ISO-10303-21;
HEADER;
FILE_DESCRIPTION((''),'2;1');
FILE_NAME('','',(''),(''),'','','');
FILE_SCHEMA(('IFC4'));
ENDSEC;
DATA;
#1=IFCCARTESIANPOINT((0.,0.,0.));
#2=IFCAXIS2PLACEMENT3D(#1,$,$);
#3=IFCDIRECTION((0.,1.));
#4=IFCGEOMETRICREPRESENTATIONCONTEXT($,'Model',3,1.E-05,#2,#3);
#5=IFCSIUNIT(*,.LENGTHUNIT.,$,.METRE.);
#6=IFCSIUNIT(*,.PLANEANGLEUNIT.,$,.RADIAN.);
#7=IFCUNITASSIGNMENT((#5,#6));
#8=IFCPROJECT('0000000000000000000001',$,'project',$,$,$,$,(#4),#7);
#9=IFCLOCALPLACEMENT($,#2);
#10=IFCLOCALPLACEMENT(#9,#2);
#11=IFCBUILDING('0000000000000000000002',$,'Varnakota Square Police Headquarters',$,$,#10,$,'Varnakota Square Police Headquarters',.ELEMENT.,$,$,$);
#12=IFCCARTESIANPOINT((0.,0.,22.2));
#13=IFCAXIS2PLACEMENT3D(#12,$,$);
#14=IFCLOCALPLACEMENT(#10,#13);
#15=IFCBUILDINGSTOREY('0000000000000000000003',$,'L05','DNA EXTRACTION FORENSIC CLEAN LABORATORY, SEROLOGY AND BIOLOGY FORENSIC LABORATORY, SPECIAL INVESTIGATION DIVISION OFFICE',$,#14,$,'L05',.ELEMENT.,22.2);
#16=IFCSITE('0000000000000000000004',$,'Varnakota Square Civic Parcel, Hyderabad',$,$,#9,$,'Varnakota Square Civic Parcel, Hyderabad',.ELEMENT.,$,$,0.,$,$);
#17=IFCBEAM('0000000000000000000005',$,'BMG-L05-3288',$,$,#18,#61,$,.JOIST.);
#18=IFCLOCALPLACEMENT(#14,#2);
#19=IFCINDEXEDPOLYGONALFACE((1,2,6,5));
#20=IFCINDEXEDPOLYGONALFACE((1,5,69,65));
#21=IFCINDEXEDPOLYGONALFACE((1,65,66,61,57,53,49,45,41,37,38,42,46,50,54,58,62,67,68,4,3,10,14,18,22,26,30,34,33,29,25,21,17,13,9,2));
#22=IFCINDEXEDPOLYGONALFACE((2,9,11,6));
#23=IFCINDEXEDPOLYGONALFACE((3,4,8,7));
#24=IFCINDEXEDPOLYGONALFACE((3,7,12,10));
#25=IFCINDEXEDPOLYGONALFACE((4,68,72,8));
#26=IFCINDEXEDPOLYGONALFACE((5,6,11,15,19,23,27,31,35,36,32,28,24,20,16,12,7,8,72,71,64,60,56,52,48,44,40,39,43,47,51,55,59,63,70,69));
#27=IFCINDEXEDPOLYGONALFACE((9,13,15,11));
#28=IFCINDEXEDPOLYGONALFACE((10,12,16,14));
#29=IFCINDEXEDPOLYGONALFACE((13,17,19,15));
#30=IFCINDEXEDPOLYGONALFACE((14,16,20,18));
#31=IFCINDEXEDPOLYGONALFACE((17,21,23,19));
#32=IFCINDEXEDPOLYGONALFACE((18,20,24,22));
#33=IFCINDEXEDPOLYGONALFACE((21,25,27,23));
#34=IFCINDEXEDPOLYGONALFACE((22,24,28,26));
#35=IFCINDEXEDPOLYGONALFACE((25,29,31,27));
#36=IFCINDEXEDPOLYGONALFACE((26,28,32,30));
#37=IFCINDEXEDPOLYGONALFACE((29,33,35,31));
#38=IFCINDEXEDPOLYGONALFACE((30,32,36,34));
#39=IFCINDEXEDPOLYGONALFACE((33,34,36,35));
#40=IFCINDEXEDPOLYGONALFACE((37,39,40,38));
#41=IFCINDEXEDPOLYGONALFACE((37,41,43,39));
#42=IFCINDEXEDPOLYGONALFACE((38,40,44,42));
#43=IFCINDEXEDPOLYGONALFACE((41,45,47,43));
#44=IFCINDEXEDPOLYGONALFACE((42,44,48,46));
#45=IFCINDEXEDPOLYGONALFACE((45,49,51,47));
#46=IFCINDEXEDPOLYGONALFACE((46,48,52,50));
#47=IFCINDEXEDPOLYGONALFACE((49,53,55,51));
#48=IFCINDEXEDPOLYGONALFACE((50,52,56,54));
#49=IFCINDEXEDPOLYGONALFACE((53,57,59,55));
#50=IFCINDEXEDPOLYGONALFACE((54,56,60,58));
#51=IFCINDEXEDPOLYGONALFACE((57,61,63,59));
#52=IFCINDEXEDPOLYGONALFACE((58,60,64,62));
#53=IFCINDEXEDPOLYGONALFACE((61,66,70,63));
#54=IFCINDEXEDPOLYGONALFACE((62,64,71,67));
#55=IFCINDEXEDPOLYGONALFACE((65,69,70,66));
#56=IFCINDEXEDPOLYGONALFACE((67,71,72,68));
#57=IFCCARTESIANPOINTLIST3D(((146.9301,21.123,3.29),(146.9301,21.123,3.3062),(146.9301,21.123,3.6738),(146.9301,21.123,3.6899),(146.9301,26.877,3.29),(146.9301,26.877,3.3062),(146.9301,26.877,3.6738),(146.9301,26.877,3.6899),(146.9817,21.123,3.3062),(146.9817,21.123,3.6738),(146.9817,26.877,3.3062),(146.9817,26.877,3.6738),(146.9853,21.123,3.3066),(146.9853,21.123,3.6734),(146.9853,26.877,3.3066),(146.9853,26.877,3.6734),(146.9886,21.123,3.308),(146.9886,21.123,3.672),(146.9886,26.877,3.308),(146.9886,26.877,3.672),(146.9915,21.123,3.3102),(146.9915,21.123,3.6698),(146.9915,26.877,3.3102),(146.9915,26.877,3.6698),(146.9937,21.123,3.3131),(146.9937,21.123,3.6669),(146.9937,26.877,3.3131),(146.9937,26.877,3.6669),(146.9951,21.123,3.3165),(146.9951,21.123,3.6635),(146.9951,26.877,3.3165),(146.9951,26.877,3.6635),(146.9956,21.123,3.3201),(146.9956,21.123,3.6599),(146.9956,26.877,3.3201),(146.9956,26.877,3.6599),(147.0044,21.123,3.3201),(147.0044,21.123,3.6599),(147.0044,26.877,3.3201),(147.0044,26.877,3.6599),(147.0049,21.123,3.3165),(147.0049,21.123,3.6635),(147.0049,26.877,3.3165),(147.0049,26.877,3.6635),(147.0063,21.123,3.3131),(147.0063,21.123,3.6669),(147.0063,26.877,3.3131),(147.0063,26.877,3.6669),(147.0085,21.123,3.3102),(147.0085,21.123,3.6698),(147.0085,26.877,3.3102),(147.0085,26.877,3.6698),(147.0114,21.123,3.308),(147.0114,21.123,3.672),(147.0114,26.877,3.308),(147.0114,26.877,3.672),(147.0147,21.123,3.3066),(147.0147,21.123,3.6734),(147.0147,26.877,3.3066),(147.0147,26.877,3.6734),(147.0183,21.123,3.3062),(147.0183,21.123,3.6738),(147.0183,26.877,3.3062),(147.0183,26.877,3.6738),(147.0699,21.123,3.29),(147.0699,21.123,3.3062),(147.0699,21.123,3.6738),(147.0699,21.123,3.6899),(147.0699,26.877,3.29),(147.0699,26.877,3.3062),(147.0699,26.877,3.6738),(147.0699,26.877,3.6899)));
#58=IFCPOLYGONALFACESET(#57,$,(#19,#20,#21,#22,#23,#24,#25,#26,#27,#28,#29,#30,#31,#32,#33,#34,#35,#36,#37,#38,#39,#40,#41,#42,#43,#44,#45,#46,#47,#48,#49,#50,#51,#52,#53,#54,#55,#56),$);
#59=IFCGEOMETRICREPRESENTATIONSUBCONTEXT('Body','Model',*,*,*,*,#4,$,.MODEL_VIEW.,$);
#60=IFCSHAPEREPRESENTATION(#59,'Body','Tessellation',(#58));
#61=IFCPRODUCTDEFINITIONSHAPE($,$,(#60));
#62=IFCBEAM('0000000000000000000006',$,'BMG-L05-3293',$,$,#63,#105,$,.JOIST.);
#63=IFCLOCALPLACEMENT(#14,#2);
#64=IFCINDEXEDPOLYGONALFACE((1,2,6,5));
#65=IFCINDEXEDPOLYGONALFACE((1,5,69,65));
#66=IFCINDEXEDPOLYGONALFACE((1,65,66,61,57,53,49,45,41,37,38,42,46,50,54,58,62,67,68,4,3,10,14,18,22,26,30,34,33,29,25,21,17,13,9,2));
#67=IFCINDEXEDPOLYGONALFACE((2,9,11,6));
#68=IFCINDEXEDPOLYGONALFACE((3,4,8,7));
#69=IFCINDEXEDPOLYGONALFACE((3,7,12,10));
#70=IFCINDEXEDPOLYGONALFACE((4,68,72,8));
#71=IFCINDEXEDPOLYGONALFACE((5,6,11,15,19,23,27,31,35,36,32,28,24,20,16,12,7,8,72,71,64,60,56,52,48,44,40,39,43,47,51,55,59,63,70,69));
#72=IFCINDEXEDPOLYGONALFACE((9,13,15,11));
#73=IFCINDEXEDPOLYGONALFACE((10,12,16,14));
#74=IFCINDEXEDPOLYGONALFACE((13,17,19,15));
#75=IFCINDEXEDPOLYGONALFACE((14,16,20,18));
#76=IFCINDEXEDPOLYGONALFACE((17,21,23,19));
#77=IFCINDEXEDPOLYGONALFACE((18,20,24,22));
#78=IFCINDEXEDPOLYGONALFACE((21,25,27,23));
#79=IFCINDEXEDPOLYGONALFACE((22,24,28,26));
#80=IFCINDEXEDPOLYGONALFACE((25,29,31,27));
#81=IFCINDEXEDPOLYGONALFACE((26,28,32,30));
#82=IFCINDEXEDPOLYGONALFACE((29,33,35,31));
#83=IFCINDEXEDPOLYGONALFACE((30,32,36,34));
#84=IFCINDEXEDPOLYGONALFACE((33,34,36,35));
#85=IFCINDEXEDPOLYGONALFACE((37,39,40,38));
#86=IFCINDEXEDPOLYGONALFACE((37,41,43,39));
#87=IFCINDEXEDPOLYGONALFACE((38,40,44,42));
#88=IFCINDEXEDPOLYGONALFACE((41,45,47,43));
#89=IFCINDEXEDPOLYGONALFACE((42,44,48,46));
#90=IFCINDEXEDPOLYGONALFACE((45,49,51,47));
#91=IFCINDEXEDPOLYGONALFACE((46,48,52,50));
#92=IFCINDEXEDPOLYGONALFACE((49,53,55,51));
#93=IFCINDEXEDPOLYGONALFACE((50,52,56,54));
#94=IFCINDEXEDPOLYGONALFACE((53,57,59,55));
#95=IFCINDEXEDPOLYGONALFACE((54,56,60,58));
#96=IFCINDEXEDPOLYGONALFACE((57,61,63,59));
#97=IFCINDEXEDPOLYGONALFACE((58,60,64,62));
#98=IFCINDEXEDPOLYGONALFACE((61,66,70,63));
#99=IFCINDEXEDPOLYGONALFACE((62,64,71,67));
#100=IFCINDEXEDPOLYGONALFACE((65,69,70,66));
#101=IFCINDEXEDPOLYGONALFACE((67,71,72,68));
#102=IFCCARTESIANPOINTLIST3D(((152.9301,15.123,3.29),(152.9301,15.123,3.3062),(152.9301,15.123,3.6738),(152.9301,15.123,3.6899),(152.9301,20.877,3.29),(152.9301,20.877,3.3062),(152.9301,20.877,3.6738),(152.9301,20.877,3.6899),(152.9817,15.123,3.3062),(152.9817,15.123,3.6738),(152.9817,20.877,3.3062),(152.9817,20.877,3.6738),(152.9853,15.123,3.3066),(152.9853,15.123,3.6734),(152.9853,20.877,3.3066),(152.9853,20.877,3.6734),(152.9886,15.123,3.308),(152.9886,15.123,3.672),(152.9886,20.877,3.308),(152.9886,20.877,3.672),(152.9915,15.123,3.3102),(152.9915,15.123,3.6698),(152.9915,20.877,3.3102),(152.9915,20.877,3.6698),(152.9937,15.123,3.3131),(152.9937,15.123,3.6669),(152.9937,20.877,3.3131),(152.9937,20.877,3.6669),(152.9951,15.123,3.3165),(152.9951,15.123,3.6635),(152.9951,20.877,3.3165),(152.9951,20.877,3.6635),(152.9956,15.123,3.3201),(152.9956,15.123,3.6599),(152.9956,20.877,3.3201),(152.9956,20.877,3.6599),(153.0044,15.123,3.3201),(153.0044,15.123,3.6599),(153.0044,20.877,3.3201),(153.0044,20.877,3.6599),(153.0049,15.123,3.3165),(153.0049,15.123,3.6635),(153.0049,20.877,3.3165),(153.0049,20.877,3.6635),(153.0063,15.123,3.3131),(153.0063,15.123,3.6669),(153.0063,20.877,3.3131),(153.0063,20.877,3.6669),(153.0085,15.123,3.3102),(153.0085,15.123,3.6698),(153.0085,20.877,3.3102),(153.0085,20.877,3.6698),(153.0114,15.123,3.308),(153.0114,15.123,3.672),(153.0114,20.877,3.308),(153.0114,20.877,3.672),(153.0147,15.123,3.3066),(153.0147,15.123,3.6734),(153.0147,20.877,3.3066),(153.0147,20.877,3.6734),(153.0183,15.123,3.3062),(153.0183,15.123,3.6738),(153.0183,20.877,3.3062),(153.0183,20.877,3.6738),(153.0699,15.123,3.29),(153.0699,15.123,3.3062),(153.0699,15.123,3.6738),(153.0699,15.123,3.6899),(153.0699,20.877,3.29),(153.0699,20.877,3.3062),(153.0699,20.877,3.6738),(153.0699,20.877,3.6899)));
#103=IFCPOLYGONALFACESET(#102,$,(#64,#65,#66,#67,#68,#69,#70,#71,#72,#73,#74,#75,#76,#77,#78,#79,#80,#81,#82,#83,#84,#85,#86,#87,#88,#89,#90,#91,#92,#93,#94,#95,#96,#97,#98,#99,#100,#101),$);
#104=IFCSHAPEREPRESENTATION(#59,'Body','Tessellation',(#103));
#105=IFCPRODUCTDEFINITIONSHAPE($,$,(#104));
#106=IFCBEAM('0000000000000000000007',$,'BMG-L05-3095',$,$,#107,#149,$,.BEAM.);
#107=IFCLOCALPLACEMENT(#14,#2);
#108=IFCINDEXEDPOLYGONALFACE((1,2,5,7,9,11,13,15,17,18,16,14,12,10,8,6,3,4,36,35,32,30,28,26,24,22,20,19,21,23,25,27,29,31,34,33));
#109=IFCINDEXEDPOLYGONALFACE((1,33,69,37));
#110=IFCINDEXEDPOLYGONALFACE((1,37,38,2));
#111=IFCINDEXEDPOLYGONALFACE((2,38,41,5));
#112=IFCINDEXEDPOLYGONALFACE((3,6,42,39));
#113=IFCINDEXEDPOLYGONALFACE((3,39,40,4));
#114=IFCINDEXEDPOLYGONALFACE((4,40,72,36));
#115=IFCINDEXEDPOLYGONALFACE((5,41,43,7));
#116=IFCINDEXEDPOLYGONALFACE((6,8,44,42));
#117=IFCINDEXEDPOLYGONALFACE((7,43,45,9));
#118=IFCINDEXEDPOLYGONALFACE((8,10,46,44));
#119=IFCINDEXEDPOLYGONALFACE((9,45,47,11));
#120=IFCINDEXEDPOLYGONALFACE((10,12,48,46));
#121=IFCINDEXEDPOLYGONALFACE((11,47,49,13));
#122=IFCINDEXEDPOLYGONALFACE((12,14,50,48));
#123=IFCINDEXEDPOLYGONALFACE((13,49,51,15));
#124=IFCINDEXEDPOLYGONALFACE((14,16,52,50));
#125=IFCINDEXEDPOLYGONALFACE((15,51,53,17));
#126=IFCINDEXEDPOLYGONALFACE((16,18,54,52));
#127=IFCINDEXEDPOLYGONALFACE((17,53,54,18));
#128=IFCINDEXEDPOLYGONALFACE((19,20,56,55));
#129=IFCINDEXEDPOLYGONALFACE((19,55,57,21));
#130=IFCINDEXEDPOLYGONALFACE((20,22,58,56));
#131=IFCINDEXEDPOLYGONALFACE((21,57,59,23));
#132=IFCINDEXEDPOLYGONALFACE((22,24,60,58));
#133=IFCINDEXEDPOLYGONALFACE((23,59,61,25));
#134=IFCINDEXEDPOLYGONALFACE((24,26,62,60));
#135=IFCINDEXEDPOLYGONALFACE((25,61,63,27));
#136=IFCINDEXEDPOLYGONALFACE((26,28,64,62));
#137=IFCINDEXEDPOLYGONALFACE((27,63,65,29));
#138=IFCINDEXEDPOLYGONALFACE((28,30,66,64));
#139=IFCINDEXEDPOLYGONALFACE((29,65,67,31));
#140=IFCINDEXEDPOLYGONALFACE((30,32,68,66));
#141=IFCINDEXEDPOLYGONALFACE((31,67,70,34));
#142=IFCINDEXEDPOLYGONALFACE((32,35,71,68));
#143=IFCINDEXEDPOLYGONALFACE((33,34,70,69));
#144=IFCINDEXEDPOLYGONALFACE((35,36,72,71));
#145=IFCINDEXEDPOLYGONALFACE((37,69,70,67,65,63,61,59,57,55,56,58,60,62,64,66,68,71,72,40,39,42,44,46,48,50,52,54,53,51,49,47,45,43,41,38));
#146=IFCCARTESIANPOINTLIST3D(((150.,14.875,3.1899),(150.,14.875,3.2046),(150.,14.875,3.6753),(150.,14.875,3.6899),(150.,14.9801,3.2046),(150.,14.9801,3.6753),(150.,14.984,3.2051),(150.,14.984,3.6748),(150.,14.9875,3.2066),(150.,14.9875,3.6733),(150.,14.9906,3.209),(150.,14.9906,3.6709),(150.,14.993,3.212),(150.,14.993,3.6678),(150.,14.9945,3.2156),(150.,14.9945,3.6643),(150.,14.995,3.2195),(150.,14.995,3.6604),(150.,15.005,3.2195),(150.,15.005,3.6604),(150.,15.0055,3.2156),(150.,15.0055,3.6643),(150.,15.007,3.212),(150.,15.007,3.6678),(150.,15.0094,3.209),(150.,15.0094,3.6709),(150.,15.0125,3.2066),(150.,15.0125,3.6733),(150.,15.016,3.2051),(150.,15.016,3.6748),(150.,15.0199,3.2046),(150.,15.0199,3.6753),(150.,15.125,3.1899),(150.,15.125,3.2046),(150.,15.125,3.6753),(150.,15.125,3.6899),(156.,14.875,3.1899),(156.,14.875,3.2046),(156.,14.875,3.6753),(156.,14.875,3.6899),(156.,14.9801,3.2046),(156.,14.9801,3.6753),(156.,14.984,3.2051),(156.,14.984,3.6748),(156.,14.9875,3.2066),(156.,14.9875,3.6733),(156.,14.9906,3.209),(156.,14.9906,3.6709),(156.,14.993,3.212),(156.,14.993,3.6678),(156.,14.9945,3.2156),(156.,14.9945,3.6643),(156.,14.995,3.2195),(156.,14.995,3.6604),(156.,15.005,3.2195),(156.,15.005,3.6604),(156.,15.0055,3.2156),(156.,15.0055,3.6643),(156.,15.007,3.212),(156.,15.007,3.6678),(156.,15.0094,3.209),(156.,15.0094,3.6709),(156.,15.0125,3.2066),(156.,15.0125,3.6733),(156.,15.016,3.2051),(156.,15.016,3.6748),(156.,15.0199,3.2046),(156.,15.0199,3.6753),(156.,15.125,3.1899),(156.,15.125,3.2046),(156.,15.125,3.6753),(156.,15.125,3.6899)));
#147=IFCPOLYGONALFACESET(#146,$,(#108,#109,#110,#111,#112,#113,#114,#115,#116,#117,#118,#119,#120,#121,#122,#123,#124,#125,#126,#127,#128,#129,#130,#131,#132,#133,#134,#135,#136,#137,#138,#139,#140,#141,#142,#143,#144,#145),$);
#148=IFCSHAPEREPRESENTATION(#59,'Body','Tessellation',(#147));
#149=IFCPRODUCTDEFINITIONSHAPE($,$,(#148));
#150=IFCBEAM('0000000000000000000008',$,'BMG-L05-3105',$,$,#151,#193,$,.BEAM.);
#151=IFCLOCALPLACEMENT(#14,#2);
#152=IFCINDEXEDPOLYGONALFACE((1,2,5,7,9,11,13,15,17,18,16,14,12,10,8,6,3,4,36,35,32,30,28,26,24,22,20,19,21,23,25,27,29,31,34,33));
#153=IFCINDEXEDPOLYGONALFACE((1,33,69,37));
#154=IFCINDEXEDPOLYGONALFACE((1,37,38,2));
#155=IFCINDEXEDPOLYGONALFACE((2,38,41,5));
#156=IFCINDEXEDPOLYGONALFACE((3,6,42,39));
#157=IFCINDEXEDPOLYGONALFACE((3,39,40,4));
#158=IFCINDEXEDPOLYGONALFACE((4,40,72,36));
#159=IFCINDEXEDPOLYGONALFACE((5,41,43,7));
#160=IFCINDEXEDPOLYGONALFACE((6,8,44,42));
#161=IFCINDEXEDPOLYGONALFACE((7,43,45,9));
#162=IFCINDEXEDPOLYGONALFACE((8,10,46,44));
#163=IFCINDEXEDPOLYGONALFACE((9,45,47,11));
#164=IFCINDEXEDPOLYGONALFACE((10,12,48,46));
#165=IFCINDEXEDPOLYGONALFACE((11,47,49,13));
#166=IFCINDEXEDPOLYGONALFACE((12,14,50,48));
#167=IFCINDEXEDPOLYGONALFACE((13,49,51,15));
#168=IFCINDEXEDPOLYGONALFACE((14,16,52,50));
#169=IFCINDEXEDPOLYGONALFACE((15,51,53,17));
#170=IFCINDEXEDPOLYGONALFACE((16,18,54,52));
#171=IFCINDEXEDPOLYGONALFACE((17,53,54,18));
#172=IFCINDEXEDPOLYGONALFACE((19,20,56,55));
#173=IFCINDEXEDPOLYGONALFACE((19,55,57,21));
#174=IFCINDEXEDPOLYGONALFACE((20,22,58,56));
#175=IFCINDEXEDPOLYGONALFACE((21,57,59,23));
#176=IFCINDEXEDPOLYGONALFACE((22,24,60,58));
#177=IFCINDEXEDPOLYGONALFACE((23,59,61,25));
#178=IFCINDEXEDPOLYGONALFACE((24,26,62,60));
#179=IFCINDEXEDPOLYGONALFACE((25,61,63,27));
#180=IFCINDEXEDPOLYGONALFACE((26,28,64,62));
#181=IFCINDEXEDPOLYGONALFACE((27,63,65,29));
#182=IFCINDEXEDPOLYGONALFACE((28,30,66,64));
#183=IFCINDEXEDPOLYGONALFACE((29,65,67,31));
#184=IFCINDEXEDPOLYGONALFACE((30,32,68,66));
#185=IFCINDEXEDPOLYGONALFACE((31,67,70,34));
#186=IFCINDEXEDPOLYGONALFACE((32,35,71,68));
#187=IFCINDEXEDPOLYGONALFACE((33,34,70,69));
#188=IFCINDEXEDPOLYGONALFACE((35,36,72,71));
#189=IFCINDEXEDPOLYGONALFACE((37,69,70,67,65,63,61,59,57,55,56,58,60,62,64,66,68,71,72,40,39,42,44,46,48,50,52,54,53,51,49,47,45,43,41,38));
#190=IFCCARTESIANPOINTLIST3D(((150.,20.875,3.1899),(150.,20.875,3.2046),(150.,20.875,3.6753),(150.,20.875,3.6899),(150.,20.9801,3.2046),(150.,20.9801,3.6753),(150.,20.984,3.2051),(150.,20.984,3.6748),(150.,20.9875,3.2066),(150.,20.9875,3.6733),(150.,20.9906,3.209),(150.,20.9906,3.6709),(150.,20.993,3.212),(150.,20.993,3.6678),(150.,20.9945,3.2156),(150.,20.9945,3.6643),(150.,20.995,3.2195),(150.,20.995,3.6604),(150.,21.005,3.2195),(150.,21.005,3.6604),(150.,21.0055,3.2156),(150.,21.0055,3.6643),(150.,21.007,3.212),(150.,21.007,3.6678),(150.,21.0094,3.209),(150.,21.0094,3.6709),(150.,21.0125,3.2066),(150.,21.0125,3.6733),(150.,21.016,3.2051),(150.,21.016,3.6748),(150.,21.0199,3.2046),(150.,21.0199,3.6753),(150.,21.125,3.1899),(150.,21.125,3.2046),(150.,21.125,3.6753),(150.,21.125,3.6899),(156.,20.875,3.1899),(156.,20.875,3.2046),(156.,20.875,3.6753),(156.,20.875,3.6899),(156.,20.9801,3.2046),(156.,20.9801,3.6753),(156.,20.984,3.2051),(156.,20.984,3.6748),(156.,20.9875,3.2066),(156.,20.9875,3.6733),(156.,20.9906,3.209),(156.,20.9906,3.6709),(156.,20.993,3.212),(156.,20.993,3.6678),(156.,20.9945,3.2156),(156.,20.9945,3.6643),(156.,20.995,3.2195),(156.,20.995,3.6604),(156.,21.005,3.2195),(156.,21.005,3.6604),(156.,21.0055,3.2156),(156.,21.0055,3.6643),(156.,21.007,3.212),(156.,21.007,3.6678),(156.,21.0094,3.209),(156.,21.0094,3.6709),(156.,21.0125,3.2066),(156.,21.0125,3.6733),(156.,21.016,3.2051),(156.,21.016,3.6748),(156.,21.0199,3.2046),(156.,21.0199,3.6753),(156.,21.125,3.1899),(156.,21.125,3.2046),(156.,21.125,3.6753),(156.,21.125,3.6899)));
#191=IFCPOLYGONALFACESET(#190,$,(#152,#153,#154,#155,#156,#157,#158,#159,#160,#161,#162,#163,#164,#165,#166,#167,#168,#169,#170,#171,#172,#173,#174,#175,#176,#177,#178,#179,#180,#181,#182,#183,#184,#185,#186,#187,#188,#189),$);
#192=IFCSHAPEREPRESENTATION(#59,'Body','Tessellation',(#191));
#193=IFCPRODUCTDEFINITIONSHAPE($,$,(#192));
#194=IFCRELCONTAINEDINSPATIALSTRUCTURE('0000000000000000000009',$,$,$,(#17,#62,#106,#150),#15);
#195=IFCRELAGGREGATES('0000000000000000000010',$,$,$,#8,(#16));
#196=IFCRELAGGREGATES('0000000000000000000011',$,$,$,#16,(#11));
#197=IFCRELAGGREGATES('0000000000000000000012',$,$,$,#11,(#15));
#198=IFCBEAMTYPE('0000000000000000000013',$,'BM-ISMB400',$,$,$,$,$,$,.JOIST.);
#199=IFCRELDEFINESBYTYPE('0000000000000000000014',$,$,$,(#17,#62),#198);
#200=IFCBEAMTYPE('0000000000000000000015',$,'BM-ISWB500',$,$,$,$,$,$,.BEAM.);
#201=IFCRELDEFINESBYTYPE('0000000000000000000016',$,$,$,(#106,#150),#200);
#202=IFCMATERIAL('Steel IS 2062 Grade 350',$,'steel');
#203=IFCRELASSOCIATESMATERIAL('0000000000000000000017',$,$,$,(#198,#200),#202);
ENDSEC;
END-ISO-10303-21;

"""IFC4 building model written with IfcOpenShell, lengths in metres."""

from ifc_helpers import new_model, si_unit, direction, frame, origin, origin_2d, place, context, subcontext, project, spatial, i_section, extrude, material, material_profile, profile_set, type_object, element, save


model = new_model("IFC4")

# Units and contexts
model_context = context("Model", 3, precision=1e-05, world=origin(), true_north=direction((0.0, 1.0)))
body_context = subcontext(model_context, "Body", "Model", "MODEL_VIEW")
ifc_project = project(units=[si_unit("LENGTHUNIT", "METRE"), si_unit("PLANEANGLEUNIT", "RADIAN")], contexts=[model_context])

# Site, building, storey
site_placement = place(None, origin())
site = spatial("IfcSite", under=ifc_project, at=site_placement, Name="Varnakota Square Civic Parcel, Hyderabad", LongName="Varnakota Square Civic Parcel, Hyderabad", CompositionType="ELEMENT", RefElevation=0.0)
building_placement = place(site_placement, origin())
building = spatial("IfcBuilding", under=site, at=building_placement, Name="Varnakota Square Police Headquarters", LongName="Varnakota Square Police Headquarters", CompositionType="ELEMENT")
storey_placement = place(building_placement, frame((0.0, 0.0, 22.2)))
storey = spatial("IfcBuildingStorey", under=building, at=storey_placement, Name="L05", Description="DNA EXTRACTION FORENSIC CLEAN LABORATORY, SEROLOGY AND BIOLOGY FORENSIC LABORATORY, SPECIAL INVESTIGATION DIVISION OFFICE", LongName="L05", CompositionType="ELEMENT", Elevation=22.2)

# Shared definitions
ifc_material_1 = material(Name="Steel IS 2062 Grade 350", Category="steel")

# Beams
ifc_material_profile_1 = material_profile(ifc_material_1, i_section(OverallWidth=0.1399, OverallDepth=0.3999, WebThickness=0.0088, FlangeThickness=0.0161, FilletRadius=0.0139, at=origin_2d()), Name="ISMB 400")
ifc_profile_set_1 = profile_set([ifc_material_profile_1], Name="Steel IS 2062 Grade 350")
beam_type_1 = type_object("IfcBeamType", Name="BM-ISMB400", PredefinedType="JOIST", material=ifc_profile_set_1)
for number, where, z_axis, x_axis, name in (
    (1, (147.0, 21.123, 3.49), (0.0, 1.0, 0.0), (-1.0, 0.0, 0.0), "BMG-L05-3288"),
    (2, (153.0, 15.123, 3.49), (0.0, 1.0, 0.0), (-1.0, 0.0, 0.0), "BMG-L05-3293"),
):
    element("IfcBeam", number, at=place(storey_placement, frame(where, z_axis=z_axis, x_axis=x_axis)), inside=storey, type_object=beam_type_1, Name=name, PredefinedType="JOIST", context=body_context, shape_type="SweptSolid", body=[
        extrude(i_section(OverallWidth=0.1399, OverallDepth=0.3999, WebThickness=0.0088, FlangeThickness=0.0161, FilletRadius=0.0139, at=origin_2d()), origin(), (0.0, 0.0, 1.0), 5.7539),
    ])
ifc_material_profile_2 = material_profile(ifc_material_1, i_section(OverallWidth=0.25, OverallDepth=0.5, WebThickness=0.01, FlangeThickness=0.0146, FilletRadius=0.0149, at=origin_2d()), Name="ISWB 500")
ifc_profile_set_2 = profile_set([ifc_material_profile_2], Name="Steel IS 2062 Grade 350")
beam_type_2 = type_object("IfcBeamType", Name="BM-ISWB500", PredefinedType="BEAM", material=ifc_profile_set_2)
for number, where, z_axis, x_axis, name in (
    (3, (150.0, 15.0, 3.4399), (1.0, 0.0, 0.0), (0.0, 1.0, 0.0), "BMG-L05-3095"),
    (4, (150.0, 21.0, 3.4399), (1.0, 0.0, 0.0), (0.0, 1.0, 0.0), "BMG-L05-3105"),
):
    element("IfcBeam", number, at=place(storey_placement, frame(where, z_axis=z_axis, x_axis=x_axis)), inside=storey, type_object=beam_type_2, Name=name, PredefinedType="BEAM", context=body_context, shape_type="SweptSolid", body=[
        extrude(i_section(OverallWidth=0.25, OverallDepth=0.5, WebThickness=0.01, FlangeThickness=0.0146, FilletRadius=0.0149, at=origin_2d()), origin(), (0.0, 0.0, 1.0), 6.0),
    ])

save(model, "model.ifc")
